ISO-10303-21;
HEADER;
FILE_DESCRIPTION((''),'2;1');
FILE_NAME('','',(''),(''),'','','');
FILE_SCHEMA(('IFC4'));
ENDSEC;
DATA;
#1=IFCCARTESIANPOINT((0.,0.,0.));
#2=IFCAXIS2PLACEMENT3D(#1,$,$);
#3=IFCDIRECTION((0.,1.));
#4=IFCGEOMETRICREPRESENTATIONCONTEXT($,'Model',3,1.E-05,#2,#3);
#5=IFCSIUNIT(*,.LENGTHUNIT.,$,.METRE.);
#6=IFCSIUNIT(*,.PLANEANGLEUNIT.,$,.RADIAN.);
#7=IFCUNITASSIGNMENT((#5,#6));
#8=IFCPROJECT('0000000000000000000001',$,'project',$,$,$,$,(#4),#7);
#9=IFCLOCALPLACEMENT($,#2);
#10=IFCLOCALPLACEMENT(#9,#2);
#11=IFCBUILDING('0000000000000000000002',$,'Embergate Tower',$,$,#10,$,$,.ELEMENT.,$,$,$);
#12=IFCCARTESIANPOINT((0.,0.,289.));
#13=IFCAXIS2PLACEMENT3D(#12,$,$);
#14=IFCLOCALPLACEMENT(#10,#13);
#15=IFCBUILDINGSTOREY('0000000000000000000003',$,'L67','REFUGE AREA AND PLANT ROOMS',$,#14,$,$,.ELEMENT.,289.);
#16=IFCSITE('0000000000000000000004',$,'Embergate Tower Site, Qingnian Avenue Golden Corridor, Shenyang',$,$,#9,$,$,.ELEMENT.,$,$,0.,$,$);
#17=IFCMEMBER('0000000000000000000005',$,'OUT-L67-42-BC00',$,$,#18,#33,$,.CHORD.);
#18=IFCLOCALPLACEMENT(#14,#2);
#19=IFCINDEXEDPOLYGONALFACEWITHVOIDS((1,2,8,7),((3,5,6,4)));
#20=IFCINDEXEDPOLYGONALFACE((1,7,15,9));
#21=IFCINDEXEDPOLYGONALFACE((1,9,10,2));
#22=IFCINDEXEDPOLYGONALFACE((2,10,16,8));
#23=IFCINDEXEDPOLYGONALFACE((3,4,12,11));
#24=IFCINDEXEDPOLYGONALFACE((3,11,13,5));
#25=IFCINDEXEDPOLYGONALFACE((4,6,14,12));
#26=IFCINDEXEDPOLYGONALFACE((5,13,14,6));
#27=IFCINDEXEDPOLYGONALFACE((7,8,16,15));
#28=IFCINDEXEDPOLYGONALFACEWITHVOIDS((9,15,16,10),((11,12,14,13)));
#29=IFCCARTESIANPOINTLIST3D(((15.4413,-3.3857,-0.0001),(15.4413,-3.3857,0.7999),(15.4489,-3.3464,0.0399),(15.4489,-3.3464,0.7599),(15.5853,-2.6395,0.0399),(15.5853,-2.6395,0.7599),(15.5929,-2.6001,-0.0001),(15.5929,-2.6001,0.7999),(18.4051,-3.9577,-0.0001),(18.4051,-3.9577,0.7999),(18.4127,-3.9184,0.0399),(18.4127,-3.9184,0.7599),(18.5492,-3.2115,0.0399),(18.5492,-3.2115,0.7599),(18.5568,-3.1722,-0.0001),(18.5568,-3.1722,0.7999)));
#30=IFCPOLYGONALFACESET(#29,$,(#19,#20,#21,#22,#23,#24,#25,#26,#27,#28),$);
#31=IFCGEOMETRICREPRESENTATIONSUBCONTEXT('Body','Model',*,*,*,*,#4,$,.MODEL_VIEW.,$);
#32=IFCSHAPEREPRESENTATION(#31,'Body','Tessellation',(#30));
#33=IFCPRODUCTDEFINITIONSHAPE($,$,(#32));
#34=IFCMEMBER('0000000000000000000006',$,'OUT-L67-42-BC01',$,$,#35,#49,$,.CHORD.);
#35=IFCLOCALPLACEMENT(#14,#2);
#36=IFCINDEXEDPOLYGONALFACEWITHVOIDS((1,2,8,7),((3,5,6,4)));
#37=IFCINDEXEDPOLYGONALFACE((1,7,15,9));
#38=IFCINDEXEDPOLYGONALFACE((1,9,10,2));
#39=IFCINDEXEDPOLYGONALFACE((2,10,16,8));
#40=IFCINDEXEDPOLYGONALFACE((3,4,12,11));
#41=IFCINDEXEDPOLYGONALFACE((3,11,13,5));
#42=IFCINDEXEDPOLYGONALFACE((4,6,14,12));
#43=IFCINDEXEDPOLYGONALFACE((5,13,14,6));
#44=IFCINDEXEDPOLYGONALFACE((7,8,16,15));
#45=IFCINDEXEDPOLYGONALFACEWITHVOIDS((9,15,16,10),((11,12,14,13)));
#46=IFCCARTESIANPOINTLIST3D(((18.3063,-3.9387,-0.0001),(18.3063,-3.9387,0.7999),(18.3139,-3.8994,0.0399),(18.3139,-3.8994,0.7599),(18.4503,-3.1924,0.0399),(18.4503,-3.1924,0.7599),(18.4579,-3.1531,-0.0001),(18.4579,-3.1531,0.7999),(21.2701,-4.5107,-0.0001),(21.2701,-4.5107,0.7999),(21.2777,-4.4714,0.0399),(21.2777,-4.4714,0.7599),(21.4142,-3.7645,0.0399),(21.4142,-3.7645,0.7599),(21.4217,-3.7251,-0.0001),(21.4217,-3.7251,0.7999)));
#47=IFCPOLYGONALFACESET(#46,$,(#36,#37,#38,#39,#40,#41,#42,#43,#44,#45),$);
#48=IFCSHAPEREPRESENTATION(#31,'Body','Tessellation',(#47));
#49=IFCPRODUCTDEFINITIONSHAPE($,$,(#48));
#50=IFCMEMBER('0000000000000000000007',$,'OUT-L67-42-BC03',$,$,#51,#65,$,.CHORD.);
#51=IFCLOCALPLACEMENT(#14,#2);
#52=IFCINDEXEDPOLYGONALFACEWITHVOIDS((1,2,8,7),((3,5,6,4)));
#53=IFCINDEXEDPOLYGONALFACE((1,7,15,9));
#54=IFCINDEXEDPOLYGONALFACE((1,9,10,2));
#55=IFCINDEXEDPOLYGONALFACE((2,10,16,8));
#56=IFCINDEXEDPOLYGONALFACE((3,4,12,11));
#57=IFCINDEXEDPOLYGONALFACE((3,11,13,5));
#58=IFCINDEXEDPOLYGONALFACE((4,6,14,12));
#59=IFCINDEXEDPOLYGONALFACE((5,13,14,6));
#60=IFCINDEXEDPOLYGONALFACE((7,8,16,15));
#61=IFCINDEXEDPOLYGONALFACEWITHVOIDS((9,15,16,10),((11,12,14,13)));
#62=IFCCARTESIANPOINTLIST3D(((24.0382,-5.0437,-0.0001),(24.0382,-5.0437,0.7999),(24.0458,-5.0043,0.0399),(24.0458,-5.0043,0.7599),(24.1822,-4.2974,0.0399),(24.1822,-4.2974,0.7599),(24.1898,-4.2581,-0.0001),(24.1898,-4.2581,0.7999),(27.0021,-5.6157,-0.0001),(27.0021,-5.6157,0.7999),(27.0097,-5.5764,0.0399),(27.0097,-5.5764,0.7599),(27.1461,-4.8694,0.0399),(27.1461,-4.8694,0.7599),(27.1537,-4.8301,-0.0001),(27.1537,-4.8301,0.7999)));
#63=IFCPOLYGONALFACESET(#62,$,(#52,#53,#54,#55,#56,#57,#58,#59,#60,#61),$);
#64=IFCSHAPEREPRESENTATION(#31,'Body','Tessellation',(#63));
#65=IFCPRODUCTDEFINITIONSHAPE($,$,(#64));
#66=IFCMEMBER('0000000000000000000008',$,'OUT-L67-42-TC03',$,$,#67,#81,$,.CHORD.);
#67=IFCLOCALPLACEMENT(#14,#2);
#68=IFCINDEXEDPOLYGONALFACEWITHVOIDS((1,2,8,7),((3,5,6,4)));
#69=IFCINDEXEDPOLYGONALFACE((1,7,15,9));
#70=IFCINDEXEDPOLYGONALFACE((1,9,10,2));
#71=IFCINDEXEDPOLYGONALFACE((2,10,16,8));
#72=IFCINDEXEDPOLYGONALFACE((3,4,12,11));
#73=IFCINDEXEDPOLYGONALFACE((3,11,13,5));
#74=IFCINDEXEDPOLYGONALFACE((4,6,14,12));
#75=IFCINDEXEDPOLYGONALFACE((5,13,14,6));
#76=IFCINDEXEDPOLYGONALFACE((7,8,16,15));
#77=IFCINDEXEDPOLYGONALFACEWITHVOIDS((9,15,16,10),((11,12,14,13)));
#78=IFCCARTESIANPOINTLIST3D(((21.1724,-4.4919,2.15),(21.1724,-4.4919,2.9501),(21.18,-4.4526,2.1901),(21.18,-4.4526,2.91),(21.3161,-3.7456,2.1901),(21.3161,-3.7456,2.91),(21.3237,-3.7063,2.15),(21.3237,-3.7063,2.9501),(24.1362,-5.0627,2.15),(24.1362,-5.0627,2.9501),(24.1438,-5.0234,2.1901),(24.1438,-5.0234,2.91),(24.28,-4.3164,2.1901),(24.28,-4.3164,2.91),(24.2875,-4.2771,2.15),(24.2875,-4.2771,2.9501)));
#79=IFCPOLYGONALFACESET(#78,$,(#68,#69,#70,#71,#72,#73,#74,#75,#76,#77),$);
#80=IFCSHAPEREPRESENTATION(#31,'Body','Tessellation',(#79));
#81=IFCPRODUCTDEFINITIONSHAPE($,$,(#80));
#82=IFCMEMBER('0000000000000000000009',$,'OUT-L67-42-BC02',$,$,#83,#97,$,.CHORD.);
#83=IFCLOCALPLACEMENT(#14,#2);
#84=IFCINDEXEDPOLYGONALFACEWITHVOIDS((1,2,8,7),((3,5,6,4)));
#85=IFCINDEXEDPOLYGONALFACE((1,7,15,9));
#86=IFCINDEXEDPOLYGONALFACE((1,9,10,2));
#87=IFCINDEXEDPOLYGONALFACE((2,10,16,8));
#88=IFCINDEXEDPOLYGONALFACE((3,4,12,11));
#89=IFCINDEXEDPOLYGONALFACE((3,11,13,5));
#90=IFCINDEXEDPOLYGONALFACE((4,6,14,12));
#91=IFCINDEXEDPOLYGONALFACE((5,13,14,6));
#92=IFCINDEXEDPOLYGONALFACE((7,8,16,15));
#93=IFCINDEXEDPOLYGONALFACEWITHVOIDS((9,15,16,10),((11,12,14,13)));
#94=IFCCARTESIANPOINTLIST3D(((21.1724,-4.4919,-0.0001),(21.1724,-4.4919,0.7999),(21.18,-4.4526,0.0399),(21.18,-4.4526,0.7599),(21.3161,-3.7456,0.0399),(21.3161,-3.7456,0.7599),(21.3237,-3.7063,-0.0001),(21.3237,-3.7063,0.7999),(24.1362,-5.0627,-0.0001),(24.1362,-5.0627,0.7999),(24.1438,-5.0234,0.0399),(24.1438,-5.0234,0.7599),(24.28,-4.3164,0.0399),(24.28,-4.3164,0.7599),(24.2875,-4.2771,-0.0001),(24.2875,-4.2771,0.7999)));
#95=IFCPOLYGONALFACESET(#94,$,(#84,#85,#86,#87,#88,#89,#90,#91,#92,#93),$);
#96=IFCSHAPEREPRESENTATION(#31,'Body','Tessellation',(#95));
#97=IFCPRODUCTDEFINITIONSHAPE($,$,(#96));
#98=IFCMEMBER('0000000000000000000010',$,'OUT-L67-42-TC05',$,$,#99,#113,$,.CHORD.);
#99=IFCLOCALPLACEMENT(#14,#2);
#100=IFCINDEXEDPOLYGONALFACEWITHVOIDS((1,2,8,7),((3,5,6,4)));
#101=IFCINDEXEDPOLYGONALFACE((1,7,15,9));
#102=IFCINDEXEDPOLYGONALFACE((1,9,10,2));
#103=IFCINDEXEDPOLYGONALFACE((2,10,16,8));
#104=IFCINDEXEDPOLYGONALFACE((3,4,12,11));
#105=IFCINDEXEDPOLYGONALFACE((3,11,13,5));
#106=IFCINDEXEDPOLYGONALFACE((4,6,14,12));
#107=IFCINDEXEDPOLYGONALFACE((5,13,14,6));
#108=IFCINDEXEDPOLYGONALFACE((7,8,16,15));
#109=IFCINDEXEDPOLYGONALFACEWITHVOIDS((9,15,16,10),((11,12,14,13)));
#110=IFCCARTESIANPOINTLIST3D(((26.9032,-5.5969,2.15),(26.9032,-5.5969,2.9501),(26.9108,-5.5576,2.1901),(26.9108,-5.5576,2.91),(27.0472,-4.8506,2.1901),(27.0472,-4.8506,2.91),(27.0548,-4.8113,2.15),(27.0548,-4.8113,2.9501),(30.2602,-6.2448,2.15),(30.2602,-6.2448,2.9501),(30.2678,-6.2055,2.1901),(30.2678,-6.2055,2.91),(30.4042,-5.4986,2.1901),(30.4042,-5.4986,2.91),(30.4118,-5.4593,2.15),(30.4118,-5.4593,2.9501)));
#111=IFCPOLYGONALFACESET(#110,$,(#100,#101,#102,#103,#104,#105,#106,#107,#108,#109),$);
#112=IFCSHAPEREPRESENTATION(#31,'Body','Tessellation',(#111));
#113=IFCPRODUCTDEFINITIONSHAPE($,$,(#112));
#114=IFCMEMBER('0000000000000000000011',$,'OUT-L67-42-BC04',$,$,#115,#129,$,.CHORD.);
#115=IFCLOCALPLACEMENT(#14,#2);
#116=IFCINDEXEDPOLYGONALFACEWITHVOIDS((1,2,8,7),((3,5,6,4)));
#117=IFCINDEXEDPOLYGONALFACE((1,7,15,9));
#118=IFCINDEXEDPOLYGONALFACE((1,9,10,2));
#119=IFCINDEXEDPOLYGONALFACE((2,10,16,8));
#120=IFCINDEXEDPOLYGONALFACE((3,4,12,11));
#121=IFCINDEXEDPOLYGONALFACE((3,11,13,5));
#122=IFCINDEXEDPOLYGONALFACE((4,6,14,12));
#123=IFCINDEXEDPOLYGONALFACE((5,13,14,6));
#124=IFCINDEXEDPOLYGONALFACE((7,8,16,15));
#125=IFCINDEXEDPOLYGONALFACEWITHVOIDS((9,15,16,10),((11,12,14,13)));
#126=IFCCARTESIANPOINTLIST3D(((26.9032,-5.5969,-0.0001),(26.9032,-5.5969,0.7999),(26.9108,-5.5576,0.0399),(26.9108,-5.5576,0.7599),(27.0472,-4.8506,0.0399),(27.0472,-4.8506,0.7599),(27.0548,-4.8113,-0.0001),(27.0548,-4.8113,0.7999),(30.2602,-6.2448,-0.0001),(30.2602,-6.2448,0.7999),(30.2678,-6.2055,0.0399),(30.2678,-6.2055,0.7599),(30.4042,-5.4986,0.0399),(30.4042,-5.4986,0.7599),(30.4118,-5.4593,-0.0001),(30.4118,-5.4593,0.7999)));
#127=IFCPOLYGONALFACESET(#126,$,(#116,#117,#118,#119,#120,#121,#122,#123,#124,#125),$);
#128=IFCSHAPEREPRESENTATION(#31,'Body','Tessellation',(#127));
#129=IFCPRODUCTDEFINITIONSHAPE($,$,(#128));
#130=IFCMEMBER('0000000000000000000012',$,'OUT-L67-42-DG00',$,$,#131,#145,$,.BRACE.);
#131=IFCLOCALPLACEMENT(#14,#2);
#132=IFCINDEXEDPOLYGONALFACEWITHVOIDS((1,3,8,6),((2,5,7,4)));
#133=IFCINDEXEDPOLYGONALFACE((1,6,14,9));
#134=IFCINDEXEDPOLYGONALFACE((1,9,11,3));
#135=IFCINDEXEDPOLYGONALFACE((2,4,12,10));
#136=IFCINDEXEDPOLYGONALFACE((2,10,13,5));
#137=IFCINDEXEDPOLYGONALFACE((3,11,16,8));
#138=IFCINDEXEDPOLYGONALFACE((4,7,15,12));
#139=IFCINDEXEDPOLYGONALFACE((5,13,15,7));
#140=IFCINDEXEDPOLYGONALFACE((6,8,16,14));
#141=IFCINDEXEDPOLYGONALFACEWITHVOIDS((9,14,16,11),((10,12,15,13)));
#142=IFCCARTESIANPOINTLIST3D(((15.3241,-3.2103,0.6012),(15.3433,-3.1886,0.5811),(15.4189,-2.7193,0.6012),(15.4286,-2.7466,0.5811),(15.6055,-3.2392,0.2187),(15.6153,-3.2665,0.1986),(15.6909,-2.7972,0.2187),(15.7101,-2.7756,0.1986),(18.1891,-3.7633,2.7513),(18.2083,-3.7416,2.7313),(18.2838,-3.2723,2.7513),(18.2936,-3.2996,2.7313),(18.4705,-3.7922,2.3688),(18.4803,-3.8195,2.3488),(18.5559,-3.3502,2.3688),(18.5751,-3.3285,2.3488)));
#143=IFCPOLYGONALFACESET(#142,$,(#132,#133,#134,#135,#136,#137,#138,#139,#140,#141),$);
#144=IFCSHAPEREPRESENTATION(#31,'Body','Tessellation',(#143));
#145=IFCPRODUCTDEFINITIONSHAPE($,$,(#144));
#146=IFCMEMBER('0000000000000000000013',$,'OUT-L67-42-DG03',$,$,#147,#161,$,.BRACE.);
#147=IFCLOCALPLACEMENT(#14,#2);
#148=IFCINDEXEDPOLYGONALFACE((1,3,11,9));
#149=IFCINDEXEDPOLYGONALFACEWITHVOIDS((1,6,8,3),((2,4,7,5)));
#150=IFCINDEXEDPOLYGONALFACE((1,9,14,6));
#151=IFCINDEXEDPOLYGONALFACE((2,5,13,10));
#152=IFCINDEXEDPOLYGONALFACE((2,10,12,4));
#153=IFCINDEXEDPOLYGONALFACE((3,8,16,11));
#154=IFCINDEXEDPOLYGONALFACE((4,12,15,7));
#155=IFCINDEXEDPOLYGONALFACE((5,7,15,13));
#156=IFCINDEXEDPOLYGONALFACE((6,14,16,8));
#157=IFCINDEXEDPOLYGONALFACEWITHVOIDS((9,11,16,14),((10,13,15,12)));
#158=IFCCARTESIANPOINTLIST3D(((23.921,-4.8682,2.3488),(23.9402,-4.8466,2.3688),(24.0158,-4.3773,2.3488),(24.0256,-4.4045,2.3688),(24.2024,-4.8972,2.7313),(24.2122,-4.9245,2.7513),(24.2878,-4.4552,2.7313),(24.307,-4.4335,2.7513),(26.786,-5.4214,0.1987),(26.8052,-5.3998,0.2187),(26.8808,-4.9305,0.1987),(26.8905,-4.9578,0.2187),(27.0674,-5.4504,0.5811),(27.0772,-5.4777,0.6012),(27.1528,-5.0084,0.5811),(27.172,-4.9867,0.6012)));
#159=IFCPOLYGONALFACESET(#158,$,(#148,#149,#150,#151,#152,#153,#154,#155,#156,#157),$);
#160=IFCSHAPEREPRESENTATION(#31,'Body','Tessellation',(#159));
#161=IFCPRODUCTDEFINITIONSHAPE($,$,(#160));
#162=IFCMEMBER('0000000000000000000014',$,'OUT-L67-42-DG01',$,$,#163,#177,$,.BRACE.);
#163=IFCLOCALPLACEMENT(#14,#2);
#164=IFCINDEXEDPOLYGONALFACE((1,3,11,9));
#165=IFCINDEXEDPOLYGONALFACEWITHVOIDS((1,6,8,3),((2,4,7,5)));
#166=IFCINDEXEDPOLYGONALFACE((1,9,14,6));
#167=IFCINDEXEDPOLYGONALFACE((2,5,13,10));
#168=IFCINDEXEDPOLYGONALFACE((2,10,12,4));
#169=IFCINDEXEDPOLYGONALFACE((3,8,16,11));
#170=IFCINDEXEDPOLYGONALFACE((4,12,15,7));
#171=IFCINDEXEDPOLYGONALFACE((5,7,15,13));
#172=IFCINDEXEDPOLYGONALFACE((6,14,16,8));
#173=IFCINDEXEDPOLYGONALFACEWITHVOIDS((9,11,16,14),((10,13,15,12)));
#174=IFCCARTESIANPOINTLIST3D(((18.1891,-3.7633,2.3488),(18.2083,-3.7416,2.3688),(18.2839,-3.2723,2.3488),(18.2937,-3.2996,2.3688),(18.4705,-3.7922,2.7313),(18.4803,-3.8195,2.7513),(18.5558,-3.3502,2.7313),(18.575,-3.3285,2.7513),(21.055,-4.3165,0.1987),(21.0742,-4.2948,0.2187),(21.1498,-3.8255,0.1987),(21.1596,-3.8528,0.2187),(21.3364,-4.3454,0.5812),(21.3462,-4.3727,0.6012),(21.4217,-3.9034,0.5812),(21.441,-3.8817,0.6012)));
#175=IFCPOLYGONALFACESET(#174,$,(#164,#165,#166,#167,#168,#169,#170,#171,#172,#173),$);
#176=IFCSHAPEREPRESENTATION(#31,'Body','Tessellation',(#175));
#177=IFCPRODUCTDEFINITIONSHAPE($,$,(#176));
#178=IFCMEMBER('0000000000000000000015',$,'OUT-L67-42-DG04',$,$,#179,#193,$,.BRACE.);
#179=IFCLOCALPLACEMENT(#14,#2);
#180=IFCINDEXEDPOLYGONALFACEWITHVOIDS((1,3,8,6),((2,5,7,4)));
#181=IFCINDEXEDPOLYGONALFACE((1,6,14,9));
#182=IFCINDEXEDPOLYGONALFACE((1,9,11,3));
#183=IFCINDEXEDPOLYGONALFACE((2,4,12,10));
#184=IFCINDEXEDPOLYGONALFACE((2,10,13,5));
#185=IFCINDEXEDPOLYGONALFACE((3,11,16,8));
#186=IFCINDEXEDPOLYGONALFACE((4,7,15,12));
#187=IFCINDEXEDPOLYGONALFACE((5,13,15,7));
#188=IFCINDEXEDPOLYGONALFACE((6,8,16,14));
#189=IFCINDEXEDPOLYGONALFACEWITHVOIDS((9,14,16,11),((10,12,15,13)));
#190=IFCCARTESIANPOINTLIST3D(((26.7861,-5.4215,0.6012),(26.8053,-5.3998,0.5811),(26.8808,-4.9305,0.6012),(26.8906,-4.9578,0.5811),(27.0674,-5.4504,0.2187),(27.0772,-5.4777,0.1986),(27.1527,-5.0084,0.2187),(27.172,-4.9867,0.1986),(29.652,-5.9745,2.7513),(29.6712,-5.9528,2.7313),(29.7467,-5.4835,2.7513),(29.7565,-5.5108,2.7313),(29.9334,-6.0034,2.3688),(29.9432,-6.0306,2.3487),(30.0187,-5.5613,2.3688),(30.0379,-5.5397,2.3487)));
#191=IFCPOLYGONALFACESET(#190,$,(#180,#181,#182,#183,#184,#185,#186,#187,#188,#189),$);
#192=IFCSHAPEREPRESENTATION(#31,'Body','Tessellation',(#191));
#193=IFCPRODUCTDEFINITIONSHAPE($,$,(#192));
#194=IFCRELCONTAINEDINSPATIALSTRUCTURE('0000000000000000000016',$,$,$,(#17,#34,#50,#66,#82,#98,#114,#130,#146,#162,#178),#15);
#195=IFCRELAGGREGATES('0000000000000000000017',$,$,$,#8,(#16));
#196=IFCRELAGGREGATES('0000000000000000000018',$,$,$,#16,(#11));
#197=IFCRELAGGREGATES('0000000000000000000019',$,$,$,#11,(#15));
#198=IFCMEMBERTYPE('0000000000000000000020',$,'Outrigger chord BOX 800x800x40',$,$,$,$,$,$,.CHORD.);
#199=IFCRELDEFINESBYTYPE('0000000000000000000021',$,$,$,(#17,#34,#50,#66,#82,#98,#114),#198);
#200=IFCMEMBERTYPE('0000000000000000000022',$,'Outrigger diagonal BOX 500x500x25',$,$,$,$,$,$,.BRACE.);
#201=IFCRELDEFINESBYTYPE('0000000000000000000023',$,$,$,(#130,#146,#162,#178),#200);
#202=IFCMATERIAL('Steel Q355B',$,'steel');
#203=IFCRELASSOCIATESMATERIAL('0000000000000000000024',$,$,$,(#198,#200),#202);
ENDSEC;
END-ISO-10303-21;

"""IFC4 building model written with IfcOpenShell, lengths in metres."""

from ifc_helpers import new_model, si_unit, direction, frame, origin, origin_2d, place, context, subcontext, project, spatial, hollow_rectangle, extrude, source, transform, mapped, material, material_profile, profile_set, type_object, element, save


model = new_model("IFC4")

# Units and contexts
model_context = context("Model", 3, precision=1e-05, world=origin(), true_north=direction((0.0, 1.0)))
body_context = subcontext(model_context, "Body", "Model", "MODEL_VIEW")
ifc_project = project(units=[si_unit("LENGTHUNIT", "METRE"), si_unit("PLANEANGLEUNIT", "RADIAN")], contexts=[model_context])

# Site, building, storey
site_placement = place(None, origin())
site = spatial("IfcSite", under=ifc_project, at=site_placement, Name="Embergate Tower Site, Qingnian Avenue Golden Corridor, Shenyang", CompositionType="ELEMENT", RefElevation=0.0)
building_placement = place(site_placement, origin())
building = spatial("IfcBuilding", under=site, at=building_placement, Name="Embergate Tower", CompositionType="ELEMENT")
storey_placement = place(building_placement, frame((0.0, 0.0, 289.0)))
storey = spatial("IfcBuildingStorey", under=building, at=storey_placement, Name="L67", Description="REFUGE AREA AND PLANT ROOMS", CompositionType="ELEMENT", Elevation=289.0)

# Shared definitions
ifc_material_1 = material(Name="Steel Q355B", Category="steel")

# Members
ifc_material_profile_1 = material_profile(ifc_material_1, hollow_rectangle(XDim=0.8, YDim=0.8, WallThickness=0.04, at=origin_2d()), Name="BOX 800x800x40")
ifc_profile_set_1 = profile_set([ifc_material_profile_1], Name="Steel Q355 grade B")
member_type_1 = type_object("IfcMemberType", Name="Outrigger chord BOX 800x800x40", PredefinedType="CHORD", material=ifc_profile_set_1)
ifc_material_profile_2 = material_profile(ifc_material_1, hollow_rectangle(XDim=0.5, YDim=0.5, WallThickness=0.0249, at=origin_2d()), Name="BOX 500x500x25")
ifc_profile_set_2 = profile_set([ifc_material_profile_2], Name="Steel Q355 grade B")
member_type_2 = type_object("IfcMemberType", Name="Outrigger diagonal BOX 500x500x25", PredefinedType="BRACE", material=ifc_profile_set_2)
shared_shape_1 = source(origin(), body_context, "Body", "SweptSolid", [
    extrude(hollow_rectangle(XDim=0.8, YDim=0.8, WallThickness=0.04, at=origin_2d()), origin(), (0.0, 0.0, 1.0), 3.0186),
])
for number, where, z_axis, x_axis, name in (
    (1, (15.5171, -2.9929, 0.3999), (0.98188, -0.189501, 0.0), (0.189501, 0.98188, 0.0), "OUT-L67-42-BC00"),
    (2, (18.3821, -3.5459, 0.3999), (0.98188, -0.189501, 0.0), (0.189501, 0.98188, 0.0), "OUT-L67-42-BC01"),
    (3, (24.114, -4.6509, 0.3999), (0.98188, -0.189501, 0.0), (0.189501, 0.98188, 0.0), "OUT-L67-42-BC03"),
):
    element("IfcMember", number, at=place(storey_placement, frame(where, z_axis=z_axis, x_axis=x_axis)), inside=storey, type_object=member_type_1, Name=name, PredefinedType="CHORD", context=body_context, shape_type="MappedRepresentation", body=[
        mapped(shared_shape_1, transform((0.0, 0.0, 0.0))),
    ])
shared_shape_2 = source(origin(), body_context, "Body", "SweptSolid", [
    extrude(hollow_rectangle(XDim=0.8, YDim=0.8, WallThickness=0.04, at=origin_2d()), origin(), (0.0, 0.0, 1.0), 3.0183),
])
for number, where, z_axis, x_axis, name in (
    (4, (21.248, -4.0991, 2.55), (0.981956, -0.189111, 0.0), (0.189111, 0.981956, 0.0), "OUT-L67-42-TC03"),
    (5, (21.248, -4.0991, 0.3999), (0.981956, -0.189111, 0.0), (0.189111, 0.981956, 0.0), "OUT-L67-42-BC02"),
):
    element("IfcMember", number, at=place(storey_placement, frame(where, z_axis=z_axis, x_axis=x_axis)), inside=storey, type_object=member_type_1, Name=name, PredefinedType="CHORD", context=body_context, shape_type="MappedRepresentation", body=[
        mapped(shared_shape_2, transform((0.0, 0.0, 0.0))),
    ])
shared_shape_3 = source(origin(), body_context, "Body", "SweptSolid", [
    extrude(hollow_rectangle(XDim=0.8, YDim=0.8, WallThickness=0.04, at=origin_2d()), origin(), (0.0, 0.0, 1.0), 3.4189),
])
for number, where, z_axis, x_axis, name in (
    (6, (26.979, -5.2041, 2.55), (0.981877, -0.18952, 0.0), (0.18952, 0.981877, 0.0), "OUT-L67-42-TC05"),
    (7, (26.979, -5.2041, 0.3999), (0.981877, -0.18952, 0.0), (0.18952, 0.981877, 0.0), "OUT-L67-42-BC04"),
):
    element("IfcMember", number, at=place(storey_placement, frame(where, z_axis=z_axis, x_axis=x_axis)), inside=storey, type_object=member_type_1, Name=name, PredefinedType="CHORD", context=body_context, shape_type="MappedRepresentation", body=[
        mapped(shared_shape_3, transform((0.0, 0.0, 0.0))),
    ])
shared_shape_4 = source(origin(), body_context, "Body", "SweptSolid", [
    extrude(hollow_rectangle(XDim=0.5, YDim=0.5, WallThickness=0.0249, at=origin_2d()), origin(), (0.0, 0.0, 1.0), 3.6245),
])
for number, where, z_axis, x_axis, name in (
    (8, (15.5171, -2.9929, 0.3999), (0.790449, -0.152566, 0.593224), (0.189515, 0.981878, 0.0), "OUT-L67-42-DG00"),
    (9, (24.114, -4.6509, 2.55), (0.790441, -0.152632, -0.593218), (0.189595, 0.981862, 0.0), "OUT-L67-42-DG03"),
):
    element("IfcMember", number, at=place(storey_placement, frame(where, z_axis=z_axis, x_axis=x_axis)), inside=storey, type_object=member_type_2, Name=name, PredefinedType="BRACE", context=body_context, shape_type="MappedRepresentation", body=[
        mapped(shared_shape_4, transform((0.0, 0.0, 0.0))),
    ])
shared_shape_5 = source(origin(), body_context, "Body", "SweptSolid", [
    extrude(hollow_rectangle(XDim=0.5, YDim=0.5, WallThickness=0.0249, at=origin_2d()), origin(), (0.0, 0.0, 1.0), 3.6252),
])
for number, where, z_axis, x_axis, name in (
    (10, (18.3821, -3.5459, 2.55), (0.790542, -0.1526, -0.593091), (0.189533, 0.981874, 0.0), "OUT-L67-42-DG01"),
    (11, (26.979, -5.2041, 0.3999), (0.79055, -0.152534, 0.593097), (0.189452, 0.98189, 0.0), "OUT-L67-42-DG04"),
):
    element("IfcMember", number, at=place(storey_placement, frame(where, z_axis=z_axis, x_axis=x_axis)), inside=storey, type_object=member_type_2, Name=name, PredefinedType="BRACE", context=body_context, shape_type="MappedRepresentation", body=[
        mapped(shared_shape_5, transform((0.0, 0.0, 0.0))),
    ])

save(model, "model.ifc")
